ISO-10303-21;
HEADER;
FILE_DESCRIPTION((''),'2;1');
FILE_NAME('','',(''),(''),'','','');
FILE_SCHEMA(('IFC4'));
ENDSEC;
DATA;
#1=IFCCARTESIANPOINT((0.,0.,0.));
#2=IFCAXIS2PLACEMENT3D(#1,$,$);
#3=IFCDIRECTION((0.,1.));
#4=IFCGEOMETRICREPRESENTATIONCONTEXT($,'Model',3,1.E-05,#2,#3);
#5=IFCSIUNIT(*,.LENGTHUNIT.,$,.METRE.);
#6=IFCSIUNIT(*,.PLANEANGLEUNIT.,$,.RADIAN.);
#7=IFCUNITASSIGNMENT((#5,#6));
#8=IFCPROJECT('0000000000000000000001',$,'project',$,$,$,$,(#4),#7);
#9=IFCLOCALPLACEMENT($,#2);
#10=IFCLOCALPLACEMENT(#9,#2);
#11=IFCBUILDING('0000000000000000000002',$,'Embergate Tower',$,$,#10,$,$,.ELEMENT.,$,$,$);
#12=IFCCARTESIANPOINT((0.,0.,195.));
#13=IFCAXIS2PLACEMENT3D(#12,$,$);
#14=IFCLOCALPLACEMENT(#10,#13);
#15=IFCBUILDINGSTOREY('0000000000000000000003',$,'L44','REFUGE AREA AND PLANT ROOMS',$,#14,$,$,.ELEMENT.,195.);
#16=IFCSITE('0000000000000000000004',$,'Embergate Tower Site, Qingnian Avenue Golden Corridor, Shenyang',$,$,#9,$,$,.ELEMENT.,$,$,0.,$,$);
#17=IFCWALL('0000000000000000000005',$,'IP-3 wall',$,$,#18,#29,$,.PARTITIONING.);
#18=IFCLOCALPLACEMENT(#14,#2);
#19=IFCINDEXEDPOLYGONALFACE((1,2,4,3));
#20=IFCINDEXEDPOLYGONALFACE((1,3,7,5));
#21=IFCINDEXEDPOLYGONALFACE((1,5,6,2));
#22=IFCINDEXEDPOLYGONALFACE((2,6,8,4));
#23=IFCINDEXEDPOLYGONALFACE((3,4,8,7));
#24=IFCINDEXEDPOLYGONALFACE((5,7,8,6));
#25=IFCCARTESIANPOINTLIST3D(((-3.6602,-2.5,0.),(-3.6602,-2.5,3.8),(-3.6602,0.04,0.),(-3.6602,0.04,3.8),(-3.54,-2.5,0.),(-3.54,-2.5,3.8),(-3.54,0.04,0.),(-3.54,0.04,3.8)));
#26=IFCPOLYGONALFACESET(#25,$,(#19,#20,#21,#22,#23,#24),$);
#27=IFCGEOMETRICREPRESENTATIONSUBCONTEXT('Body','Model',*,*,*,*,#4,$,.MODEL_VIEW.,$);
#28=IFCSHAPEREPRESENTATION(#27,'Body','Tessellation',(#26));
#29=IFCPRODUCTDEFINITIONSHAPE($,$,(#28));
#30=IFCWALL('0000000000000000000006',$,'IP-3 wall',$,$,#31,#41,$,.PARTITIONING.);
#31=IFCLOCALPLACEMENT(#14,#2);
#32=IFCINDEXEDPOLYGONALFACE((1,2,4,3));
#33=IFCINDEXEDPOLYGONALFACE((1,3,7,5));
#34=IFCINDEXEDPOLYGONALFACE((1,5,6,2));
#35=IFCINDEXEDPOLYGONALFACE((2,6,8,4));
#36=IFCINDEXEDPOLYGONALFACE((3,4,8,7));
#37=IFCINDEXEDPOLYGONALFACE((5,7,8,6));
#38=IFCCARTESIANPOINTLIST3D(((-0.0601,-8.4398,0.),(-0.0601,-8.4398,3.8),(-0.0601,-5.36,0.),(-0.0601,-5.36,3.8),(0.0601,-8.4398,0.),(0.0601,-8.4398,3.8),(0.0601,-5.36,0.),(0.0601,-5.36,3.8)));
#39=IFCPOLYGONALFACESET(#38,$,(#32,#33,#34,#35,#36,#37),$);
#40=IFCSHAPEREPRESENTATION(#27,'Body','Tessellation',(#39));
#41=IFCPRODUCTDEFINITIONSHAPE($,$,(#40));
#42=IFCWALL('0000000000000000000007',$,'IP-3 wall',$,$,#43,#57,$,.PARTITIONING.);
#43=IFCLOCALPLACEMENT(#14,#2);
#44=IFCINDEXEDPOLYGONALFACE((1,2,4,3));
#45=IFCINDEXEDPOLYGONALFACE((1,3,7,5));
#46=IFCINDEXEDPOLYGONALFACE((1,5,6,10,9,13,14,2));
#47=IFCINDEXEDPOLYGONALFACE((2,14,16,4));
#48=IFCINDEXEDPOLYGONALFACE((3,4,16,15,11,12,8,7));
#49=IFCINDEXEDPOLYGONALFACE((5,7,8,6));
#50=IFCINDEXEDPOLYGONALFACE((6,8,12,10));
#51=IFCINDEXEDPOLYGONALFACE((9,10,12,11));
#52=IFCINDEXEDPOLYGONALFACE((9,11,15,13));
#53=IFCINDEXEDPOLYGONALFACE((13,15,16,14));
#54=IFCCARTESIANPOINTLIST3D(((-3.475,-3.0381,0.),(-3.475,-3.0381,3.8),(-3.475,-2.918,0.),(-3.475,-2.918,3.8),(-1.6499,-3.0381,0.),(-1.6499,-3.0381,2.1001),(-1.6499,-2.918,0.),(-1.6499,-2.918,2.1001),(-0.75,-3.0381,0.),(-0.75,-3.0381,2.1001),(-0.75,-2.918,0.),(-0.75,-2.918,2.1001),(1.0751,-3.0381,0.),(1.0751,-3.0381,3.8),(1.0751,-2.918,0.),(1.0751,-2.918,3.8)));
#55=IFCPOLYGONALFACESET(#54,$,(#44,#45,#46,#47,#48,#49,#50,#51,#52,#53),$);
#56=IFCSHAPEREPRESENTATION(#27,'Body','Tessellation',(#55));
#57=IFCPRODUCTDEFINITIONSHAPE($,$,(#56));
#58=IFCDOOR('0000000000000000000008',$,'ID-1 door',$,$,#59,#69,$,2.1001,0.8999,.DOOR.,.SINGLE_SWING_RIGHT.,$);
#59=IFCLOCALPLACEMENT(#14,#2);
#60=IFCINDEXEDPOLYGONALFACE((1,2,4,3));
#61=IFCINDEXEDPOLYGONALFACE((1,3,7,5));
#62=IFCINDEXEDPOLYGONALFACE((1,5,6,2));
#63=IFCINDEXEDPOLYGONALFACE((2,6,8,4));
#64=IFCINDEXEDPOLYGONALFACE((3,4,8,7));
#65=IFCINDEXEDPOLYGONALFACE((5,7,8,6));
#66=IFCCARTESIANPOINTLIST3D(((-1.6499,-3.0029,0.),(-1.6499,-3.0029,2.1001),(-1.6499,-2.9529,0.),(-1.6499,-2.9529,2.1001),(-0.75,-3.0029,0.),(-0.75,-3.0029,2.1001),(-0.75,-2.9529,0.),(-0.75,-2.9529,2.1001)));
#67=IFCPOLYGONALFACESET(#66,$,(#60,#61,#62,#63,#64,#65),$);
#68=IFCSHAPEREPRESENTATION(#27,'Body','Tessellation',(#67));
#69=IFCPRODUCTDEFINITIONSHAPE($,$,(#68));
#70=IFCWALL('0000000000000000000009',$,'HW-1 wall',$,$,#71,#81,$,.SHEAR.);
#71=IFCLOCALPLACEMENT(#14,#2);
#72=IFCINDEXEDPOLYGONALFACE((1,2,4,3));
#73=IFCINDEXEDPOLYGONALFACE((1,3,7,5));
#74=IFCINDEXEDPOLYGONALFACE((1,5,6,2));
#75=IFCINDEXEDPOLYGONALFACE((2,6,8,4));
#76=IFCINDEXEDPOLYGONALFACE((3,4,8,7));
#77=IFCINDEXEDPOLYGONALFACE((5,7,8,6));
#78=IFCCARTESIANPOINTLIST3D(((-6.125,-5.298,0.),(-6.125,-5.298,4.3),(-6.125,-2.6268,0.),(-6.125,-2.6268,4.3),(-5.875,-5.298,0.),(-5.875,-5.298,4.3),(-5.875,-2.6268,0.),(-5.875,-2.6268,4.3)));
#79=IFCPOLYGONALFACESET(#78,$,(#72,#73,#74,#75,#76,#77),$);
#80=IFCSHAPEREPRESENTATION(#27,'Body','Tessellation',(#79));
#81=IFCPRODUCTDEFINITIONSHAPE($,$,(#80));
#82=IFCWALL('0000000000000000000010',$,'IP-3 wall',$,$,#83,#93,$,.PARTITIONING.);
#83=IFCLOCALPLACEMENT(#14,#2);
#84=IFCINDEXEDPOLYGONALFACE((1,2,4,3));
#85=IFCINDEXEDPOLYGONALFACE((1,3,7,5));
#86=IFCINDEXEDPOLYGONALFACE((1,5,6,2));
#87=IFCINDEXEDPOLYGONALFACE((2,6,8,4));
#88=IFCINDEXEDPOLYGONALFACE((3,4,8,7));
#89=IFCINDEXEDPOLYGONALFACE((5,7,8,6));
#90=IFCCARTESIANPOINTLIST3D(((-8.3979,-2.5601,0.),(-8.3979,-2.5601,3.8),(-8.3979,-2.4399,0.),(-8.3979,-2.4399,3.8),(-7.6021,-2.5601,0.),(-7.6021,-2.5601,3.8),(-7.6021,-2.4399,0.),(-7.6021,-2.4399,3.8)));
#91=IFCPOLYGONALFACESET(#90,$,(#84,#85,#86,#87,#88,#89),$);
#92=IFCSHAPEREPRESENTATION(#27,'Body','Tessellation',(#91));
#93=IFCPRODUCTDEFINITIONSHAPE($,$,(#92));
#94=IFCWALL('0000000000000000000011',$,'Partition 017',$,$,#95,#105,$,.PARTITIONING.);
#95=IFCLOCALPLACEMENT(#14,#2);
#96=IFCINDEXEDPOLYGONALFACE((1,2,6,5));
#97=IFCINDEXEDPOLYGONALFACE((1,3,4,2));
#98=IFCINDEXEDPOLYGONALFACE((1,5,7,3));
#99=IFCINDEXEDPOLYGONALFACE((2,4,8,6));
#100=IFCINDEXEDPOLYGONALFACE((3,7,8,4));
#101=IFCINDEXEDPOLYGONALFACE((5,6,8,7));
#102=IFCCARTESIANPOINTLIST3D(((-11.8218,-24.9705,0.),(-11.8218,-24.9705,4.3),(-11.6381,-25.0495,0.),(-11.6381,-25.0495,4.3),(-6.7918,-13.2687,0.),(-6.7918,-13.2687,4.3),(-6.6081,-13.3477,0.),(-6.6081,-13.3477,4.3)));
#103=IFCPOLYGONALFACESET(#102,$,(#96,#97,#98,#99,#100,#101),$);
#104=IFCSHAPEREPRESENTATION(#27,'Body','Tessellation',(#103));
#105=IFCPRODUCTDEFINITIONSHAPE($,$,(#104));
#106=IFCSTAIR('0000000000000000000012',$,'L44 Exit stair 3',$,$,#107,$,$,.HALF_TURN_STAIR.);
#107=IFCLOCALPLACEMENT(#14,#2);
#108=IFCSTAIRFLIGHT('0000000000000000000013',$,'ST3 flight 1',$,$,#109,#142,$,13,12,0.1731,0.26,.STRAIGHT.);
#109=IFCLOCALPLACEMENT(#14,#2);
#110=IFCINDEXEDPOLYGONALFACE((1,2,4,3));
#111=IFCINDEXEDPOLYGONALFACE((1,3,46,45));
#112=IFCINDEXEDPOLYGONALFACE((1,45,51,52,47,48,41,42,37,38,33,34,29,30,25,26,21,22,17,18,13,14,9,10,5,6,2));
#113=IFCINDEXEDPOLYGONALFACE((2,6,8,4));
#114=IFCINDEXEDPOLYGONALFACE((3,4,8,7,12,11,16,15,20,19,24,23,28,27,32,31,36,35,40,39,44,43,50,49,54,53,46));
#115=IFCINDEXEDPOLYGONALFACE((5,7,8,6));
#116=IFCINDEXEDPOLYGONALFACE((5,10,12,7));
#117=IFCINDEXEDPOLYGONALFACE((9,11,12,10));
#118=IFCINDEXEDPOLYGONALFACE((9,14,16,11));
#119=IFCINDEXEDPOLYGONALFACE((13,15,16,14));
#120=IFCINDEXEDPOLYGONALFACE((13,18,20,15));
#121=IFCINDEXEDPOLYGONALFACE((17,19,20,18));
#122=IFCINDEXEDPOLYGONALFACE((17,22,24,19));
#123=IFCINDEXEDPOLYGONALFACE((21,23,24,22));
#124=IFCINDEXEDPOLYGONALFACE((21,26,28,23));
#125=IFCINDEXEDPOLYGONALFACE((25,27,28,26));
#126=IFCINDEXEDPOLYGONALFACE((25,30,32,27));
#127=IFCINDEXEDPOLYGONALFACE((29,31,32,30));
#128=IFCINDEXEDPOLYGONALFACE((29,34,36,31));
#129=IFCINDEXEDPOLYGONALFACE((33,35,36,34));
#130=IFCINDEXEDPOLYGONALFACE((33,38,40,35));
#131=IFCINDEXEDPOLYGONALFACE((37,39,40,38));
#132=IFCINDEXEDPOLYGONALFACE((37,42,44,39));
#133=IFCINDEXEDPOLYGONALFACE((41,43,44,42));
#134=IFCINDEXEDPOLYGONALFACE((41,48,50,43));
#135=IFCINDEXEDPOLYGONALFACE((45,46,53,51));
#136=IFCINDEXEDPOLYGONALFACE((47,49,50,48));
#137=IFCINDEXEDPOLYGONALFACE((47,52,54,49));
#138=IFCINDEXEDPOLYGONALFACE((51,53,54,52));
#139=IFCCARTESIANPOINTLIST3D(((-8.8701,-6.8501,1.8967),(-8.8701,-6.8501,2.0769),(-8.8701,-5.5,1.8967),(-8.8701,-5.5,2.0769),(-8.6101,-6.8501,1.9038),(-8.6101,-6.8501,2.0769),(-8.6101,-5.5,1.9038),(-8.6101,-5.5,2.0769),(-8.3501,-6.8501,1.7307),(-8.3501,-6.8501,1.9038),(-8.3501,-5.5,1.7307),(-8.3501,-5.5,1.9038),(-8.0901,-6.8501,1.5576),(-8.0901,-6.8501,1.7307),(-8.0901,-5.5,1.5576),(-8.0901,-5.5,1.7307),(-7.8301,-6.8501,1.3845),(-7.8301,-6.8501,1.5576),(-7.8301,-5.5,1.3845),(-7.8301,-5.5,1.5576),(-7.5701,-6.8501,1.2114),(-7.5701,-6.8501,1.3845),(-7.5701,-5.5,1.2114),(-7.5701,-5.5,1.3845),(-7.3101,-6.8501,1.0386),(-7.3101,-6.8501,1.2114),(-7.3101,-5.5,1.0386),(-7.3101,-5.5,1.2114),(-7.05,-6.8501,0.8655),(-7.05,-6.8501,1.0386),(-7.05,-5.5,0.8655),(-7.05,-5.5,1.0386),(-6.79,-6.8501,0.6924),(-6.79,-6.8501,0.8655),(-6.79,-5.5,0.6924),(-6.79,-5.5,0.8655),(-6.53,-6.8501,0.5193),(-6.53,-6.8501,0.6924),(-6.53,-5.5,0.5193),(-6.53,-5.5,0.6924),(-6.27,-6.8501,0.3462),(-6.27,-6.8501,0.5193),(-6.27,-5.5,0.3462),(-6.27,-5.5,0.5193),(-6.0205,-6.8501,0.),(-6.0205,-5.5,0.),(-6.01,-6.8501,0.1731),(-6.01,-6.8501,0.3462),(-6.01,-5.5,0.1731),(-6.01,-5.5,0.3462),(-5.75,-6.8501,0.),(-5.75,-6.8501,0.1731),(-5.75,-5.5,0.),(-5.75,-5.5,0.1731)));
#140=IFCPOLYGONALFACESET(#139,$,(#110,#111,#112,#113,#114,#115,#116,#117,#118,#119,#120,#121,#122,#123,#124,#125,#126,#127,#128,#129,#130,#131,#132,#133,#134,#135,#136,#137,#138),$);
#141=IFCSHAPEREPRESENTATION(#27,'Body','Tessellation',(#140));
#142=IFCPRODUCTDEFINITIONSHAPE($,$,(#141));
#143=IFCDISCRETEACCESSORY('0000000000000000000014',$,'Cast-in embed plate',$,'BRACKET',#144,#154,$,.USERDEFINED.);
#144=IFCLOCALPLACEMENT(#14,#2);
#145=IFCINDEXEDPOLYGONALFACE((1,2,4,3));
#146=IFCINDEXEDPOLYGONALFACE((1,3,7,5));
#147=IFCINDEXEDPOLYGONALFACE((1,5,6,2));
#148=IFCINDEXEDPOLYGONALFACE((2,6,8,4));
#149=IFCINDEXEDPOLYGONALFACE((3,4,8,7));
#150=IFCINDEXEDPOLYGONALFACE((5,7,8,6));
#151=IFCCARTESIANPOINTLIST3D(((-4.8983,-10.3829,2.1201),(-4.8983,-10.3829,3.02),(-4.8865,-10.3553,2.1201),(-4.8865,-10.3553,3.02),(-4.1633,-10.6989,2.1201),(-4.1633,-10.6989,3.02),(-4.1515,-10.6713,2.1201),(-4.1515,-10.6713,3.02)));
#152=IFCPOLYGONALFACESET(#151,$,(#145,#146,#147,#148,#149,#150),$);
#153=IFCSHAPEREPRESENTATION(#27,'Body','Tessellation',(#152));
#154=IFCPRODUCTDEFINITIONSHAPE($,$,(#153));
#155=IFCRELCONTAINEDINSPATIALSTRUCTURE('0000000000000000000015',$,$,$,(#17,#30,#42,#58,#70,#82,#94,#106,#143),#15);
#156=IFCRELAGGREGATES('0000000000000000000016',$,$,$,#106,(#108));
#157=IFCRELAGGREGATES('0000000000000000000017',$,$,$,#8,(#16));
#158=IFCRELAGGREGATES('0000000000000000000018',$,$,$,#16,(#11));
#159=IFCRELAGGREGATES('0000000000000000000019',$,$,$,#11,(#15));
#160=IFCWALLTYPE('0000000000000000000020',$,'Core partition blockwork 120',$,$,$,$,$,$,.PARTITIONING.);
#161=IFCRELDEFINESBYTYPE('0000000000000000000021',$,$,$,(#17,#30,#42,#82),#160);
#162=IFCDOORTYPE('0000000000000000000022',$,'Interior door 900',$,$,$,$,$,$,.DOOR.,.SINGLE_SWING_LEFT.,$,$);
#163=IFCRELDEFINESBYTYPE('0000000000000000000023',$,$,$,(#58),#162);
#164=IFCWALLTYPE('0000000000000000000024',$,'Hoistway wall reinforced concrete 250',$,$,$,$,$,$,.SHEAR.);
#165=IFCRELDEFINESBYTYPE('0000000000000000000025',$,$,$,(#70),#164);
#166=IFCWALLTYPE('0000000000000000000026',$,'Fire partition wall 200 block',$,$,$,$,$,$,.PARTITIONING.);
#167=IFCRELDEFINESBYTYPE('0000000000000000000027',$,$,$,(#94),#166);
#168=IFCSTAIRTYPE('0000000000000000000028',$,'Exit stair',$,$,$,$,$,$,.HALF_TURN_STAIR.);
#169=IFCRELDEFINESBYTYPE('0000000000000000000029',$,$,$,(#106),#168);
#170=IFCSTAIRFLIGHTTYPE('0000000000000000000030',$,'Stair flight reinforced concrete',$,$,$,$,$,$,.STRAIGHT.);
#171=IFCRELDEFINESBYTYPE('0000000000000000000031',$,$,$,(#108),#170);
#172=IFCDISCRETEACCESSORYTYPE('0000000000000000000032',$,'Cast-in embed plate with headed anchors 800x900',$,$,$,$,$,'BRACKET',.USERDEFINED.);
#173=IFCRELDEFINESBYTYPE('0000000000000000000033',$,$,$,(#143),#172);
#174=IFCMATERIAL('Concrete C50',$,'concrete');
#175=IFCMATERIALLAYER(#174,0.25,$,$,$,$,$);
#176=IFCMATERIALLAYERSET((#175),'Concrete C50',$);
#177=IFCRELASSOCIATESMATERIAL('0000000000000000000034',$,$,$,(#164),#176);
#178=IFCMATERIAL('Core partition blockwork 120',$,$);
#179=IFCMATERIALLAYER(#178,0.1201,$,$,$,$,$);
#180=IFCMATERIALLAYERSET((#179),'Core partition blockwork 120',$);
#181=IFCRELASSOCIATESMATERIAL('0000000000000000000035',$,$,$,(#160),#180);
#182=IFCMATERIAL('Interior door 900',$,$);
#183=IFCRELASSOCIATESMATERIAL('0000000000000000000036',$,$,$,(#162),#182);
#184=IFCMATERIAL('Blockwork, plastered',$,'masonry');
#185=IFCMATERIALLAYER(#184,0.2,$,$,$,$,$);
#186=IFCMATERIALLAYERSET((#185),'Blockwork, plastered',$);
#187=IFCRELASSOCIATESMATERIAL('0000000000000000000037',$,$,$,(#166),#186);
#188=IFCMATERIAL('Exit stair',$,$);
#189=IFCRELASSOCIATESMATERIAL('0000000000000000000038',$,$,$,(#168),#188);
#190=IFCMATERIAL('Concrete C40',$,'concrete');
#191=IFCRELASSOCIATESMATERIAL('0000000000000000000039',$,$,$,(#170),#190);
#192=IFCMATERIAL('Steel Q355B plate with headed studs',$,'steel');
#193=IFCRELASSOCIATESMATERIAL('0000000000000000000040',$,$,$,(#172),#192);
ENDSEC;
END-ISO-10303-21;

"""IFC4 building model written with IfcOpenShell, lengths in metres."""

from ifc_helpers import new_model, si_unit, direction, frame, frame_2d, origin, origin_2d, place, context, subcontext, project, spatial, polyline, rectangle, outline, extrude, source, transform, mapped, material, layer, layer_set, type_object, element, fill, aggregate, save


model = new_model("IFC4")

# Units and contexts
model_context = context("Model", 3, precision=1e-05, world=origin(), true_north=direction((0.0, 1.0)))
body_context = subcontext(model_context, "Body", "Model", "MODEL_VIEW")
ifc_project = project(units=[si_unit("LENGTHUNIT", "METRE"), si_unit("PLANEANGLEUNIT", "RADIAN")], contexts=[model_context])

# Site, building, storey
site_placement = place(None, origin())
site = spatial("IfcSite", under=ifc_project, at=site_placement, Name="Embergate Tower Site, Qingnian Avenue Golden Corridor, Shenyang", CompositionType="ELEMENT", RefElevation=0.0)
building_placement = place(site_placement, origin())
building = spatial("IfcBuilding", under=site, at=building_placement, Name="Embergate Tower", CompositionType="ELEMENT")
storey_placement = place(building_placement, frame((0.0, 0.0, 195.0)))
storey = spatial("IfcBuildingStorey", under=building, at=storey_placement, Name="L44", Description="REFUGE AREA AND PLANT ROOMS", CompositionType="ELEMENT", Elevation=195.0)

# Shared definitions
ifc_material_1 = material(Name="Concrete C50", Category="concrete")
ifc_layer_1 = layer(ifc_material_1, 0.25)
ifc_layer_set_1 = layer_set([ifc_layer_1], Name="Concrete C50")
wall_type_1 = type_object("IfcWallType", Name="Hoistway wall reinforced concrete 250", PredefinedType="SHEAR", material=ifc_layer_set_1)

# Shared definitions
ifc_material_2 = material(Name="Core partition blockwork 120")
ifc_layer_2 = layer(ifc_material_2, 0.1201)
ifc_layer_set_2 = layer_set([ifc_layer_2], Name="Core partition blockwork 120")
wall_type_2 = type_object("IfcWallType", Name="Core partition blockwork 120", PredefinedType="PARTITIONING", material=ifc_layer_set_2)

# Walls
shared_shape_1 = source(origin(), body_context, "Body", "SweptSolid", [
    extrude(rectangle(XDim=2.54, YDim=0.1201, at=frame_2d((1.27, 0.0))), origin(), (0.0, 0.0, 1.0), 3.8),
])
wall_1_placement = place(storey_placement, frame((-3.6001, -2.5, 0.0), z_axis=(0.0, 0.0, 1.0), x_axis=(0.0, 1.0, 0.0)))
element("IfcWall", 1, at=wall_1_placement, inside=storey, type_object=wall_type_2, Name="IP-3 wall", PredefinedType="PARTITIONING", context=body_context, shape_type="MappedRepresentation", body=[
    mapped(shared_shape_1, transform((0.0, 0.0, 0.0))),
])
shared_shape_2 = source(origin(), body_context, "Body", "SweptSolid", [
    extrude(rectangle(XDim=3.0798, YDim=0.1201, at=frame_2d((1.54, 0.0))), origin(), (0.0, 0.0, 1.0), 3.8),
])
wall_2_placement = place(storey_placement, frame((0.0, -8.4399, 0.0), z_axis=(0.0, 0.0, 1.0), x_axis=(0.0, 1.0, 0.0)))
element("IfcWall", 2, at=wall_2_placement, inside=storey, type_object=wall_type_2, Name="IP-3 wall", PredefinedType="PARTITIONING", context=body_context, shape_type="MappedRepresentation", body=[
    mapped(shared_shape_2, transform((0.0, 0.0, 0.0))),
])

# Wall, opening, door
shared_shape_3 = source(origin(), body_context, "Body", "SweptSolid", [
    extrude(rectangle(XDim=4.55, YDim=0.1201, at=frame_2d((2.2749, 0.0))), origin(), (0.0, 0.0, 1.0), 3.8),
])
wall_3_placement = place(storey_placement, frame((1.075, -2.978, 0.0), z_axis=(0.0, 0.0, 1.0), x_axis=(-1.0, 0.0, 0.0)))
wall_3 = element("IfcWall", 3, at=wall_3_placement, inside=storey, type_object=wall_type_2, Name="IP-3 wall", PredefinedType="PARTITIONING", context=body_context, shape_type="MappedRepresentation", body=[
    mapped(shared_shape_3, transform((0.0, 0.0, 0.0))),
])
shared_shape_4 = source(origin(), body_context, "Body", "SweptSolid", [
    extrude(rectangle(XDim=0.8999, YDim=2.1001, at=frame_2d((0.45, 1.05))), frame((0.0, 0.0701, 0.0), z_axis=(0.0, -1.0, 0.0), x_axis=(1.0, 0.0, 0.0)), (0.0, 0.0, 1.0), 0.1401),
])
opening_1_placement = place(wall_3_placement, frame((1.825, 0.0, 0.0)))
opening_1 = element("IfcOpeningElement", 4, at=opening_1_placement, cuts=wall_3, PredefinedType="OPENING", context=body_context, shape_type="MappedRepresentation", body=[
    mapped(shared_shape_4, transform((0.0, 0.0, 0.0))),
])
ifc_material_3 = material(Name="Interior door 900")
door_type_1 = type_object("IfcDoorType", Name="Interior door 900", OperationType="SINGLE_SWING_LEFT", PredefinedType="DOOR", material=ifc_material_3)
shared_shape_5 = source(origin(), body_context, "Body", "SweptSolid", [
    extrude(rectangle(XDim=0.8999, YDim=2.1001, at=frame_2d((0.45, 1.05))), frame((0.0, 0.0249, 0.0), z_axis=(0.0, -1.0, 0.0), x_axis=(1.0, 0.0, 0.0)), (0.0, 0.0, 1.0), 0.05),
])
door_1_placement = place(opening_1_placement, origin())
door_1 = element("IfcDoor", 5, at=door_1_placement, inside=storey, type_object=door_type_1, Name="ID-1 door", OperationType="SINGLE_SWING_RIGHT", OverallHeight=2.1001, OverallWidth=0.8999, PredefinedType="DOOR", context=body_context, shape_type="MappedRepresentation", body=[
    mapped(shared_shape_5, transform((0.0, 0.0, 0.0))),
])
fill(opening_1, door_1)

# Walls
shared_shape_6 = source(origin(), body_context, "Body", "SweptSolid", [
    extrude(rectangle(XDim=2.6711, YDim=0.25, at=frame_2d((1.3354, 0.0))), origin(), (0.0, 0.0, 1.0), 4.3),
])
wall_4_placement = place(storey_placement, frame((-6.0, -2.627, 0.0), z_axis=(0.0, 0.0, 1.0), x_axis=(0.0, -1.0, 0.0)))
element("IfcWall", 6, at=wall_4_placement, inside=storey, type_object=wall_type_1, Name="HW-1 wall", PredefinedType="SHEAR", context=body_context, shape_type="MappedRepresentation", body=[
    mapped(shared_shape_6, transform((0.0, 0.0, 0.0))),
])
shared_shape_7 = source(origin(), body_context, "Body", "SweptSolid", [
    extrude(rectangle(XDim=0.7959, YDim=0.1201, at=frame_2d((0.3979, 0.0))), origin(), (0.0, 0.0, 1.0), 3.8),
])
wall_5_placement = place(storey_placement, frame((-8.3979, -2.5, 0.0), z_axis=(0.0, 0.0, 1.0), x_axis=(1.0, 0.0, 0.0)))
element("IfcWall", 7, at=wall_5_placement, inside=storey, type_object=wall_type_2, Name="IP-3 wall", PredefinedType="PARTITIONING", context=body_context, shape_type="MappedRepresentation", body=[
    mapped(shared_shape_7, transform((0.0, 0.0, 0.0))),
])
ifc_material_4 = material(Name="Blockwork, plastered", Category="masonry")
ifc_layer_3 = layer(ifc_material_4, 0.2)
ifc_layer_set_3 = layer_set([ifc_layer_3], Name="Blockwork, plastered")
wall_type_3 = type_object("IfcWallType", Name="Fire partition wall 200 block", PredefinedType="PARTITIONING", material=ifc_layer_set_3)
shared_shape_8 = source(origin(), body_context, "Body", "SweptSolid", [
    extrude(rectangle(XDim=12.7371, YDim=0.2, at=frame_2d((6.3687, 0.0))), origin(), (0.0, 0.0, 1.0), 4.3),
])
wall_6_placement = place(storey_placement, frame((-6.7, -13.3081, 0.0), z_axis=(0.0, 0.0, 1.0), x_axis=(-0.394909, -0.91872, 0.0)))
element("IfcWall", 8, at=wall_6_placement, inside=storey, type_object=wall_type_3, Name="Partition 017", PredefinedType="PARTITIONING", context=body_context, shape_type="MappedRepresentation", body=[
    mapped(shared_shape_8, transform((0.0, 0.0, 0.0))),
])

# Stair, stair flight
ifc_material_5 = material(Name="Exit stair")
stair_type = type_object("IfcStairType", Name="Exit stair", PredefinedType="HALF_TURN_STAIR", material=ifc_material_5)
stair_placement = place(storey_placement, origin())
stair = element("IfcStair", 9, at=stair_placement, inside=storey, type_object=stair_type, Name="L44 Exit stair 3", PredefinedType="HALF_TURN_STAIR")
ifc_material_6 = material(Name="Concrete C40", Category="concrete")
stair_flight_type = type_object("IfcStairFlightType", Name="Stair flight reinforced concrete", PredefinedType="STRAIGHT", material=ifc_material_6)
shared_shape_9 = source(origin(), body_context, "Body", "SweptSolid", [
    extrude(outline(polyline([(0.0, 0.0), (0.0, 0.1731), (0.26, 0.1731), (0.26, 0.3462), (0.52, 0.3462), (0.52, 0.5193), (0.78, 0.5193), (0.78, 0.6924), (1.04, 0.6924), (1.04, 0.8655), (1.3, 0.8655), (1.3, 1.0386), (1.5601, 1.0386), (1.5601, 1.2114), (1.8201, 1.2114), (1.8201, 1.3845), (2.0801, 1.3845), (2.0801, 1.5576), (2.3401, 1.5576), (2.3401, 1.7307), (2.6001, 1.7307), (2.6001, 1.9038), (2.8601, 1.9038), (2.8601, 2.0769), (3.1201, 2.0769), (3.1201, 2.25), (3.1201, 1.8967), (0.2705, 0.0), (0.0, 0.0)])), frame((0.0, 0.675, 0.0), z_axis=(0.0, -1.0, 0.0), x_axis=(1.0, 0.0, 0.0)), (0.0, 0.0, 1.0), 1.3501),
])
stair_flight_placement = place(storey_placement, frame((-5.75, -6.175, 0.0), z_axis=(0.0, 0.0, 1.0), x_axis=(-1.0, 0.0, 0.0)))
stair_flight = element("IfcStairFlight", 10, at=stair_flight_placement, type_object=stair_flight_type, Name="ST3 flight 1", NumberOfRisers=13, NumberOfTreads=12, PredefinedType="STRAIGHT", RiserHeight=0.1731, TreadLength=0.26, context=body_context, shape_type="MappedRepresentation", body=[
    mapped(shared_shape_9, transform((0.0, 0.0, 0.0))),
])
aggregate(stair, [stair_flight])

# Discrete accessory
ifc_material_7 = material(Name="Steel Q355B plate with headed studs", Category="steel")
discrete_accessory_type = type_object("IfcDiscreteAccessoryType", Name="Cast-in embed plate with headed anchors 800x900", ElementType="BRACKET", PredefinedType="USERDEFINED", material=ifc_material_7)
shared_shape_10 = source(origin(), body_context, "Body", "SweptSolid", [
    extrude(rectangle(XDim=0.03, YDim=0.8, at=origin_2d()), origin(), (0.0, 0.0, 1.0), 0.8999),
])
discrete_accessory_placement = place(storey_placement, frame((-4.5249, -10.5271, 2.1201), z_axis=(0.0, 0.0, 1.0), x_axis=(-0.39492, -0.918715, 0.0)))
element("IfcDiscreteAccessory", 11, at=discrete_accessory_placement, inside=storey, type_object=discrete_accessory_type, Name="Cast-in embed plate", ObjectType="BRACKET", PredefinedType="USERDEFINED", context=body_context, shape_type="MappedRepresentation", body=[
    mapped(shared_shape_10, transform((0.0, 0.0, 0.0))),
])

save(model, "model.ifc")
